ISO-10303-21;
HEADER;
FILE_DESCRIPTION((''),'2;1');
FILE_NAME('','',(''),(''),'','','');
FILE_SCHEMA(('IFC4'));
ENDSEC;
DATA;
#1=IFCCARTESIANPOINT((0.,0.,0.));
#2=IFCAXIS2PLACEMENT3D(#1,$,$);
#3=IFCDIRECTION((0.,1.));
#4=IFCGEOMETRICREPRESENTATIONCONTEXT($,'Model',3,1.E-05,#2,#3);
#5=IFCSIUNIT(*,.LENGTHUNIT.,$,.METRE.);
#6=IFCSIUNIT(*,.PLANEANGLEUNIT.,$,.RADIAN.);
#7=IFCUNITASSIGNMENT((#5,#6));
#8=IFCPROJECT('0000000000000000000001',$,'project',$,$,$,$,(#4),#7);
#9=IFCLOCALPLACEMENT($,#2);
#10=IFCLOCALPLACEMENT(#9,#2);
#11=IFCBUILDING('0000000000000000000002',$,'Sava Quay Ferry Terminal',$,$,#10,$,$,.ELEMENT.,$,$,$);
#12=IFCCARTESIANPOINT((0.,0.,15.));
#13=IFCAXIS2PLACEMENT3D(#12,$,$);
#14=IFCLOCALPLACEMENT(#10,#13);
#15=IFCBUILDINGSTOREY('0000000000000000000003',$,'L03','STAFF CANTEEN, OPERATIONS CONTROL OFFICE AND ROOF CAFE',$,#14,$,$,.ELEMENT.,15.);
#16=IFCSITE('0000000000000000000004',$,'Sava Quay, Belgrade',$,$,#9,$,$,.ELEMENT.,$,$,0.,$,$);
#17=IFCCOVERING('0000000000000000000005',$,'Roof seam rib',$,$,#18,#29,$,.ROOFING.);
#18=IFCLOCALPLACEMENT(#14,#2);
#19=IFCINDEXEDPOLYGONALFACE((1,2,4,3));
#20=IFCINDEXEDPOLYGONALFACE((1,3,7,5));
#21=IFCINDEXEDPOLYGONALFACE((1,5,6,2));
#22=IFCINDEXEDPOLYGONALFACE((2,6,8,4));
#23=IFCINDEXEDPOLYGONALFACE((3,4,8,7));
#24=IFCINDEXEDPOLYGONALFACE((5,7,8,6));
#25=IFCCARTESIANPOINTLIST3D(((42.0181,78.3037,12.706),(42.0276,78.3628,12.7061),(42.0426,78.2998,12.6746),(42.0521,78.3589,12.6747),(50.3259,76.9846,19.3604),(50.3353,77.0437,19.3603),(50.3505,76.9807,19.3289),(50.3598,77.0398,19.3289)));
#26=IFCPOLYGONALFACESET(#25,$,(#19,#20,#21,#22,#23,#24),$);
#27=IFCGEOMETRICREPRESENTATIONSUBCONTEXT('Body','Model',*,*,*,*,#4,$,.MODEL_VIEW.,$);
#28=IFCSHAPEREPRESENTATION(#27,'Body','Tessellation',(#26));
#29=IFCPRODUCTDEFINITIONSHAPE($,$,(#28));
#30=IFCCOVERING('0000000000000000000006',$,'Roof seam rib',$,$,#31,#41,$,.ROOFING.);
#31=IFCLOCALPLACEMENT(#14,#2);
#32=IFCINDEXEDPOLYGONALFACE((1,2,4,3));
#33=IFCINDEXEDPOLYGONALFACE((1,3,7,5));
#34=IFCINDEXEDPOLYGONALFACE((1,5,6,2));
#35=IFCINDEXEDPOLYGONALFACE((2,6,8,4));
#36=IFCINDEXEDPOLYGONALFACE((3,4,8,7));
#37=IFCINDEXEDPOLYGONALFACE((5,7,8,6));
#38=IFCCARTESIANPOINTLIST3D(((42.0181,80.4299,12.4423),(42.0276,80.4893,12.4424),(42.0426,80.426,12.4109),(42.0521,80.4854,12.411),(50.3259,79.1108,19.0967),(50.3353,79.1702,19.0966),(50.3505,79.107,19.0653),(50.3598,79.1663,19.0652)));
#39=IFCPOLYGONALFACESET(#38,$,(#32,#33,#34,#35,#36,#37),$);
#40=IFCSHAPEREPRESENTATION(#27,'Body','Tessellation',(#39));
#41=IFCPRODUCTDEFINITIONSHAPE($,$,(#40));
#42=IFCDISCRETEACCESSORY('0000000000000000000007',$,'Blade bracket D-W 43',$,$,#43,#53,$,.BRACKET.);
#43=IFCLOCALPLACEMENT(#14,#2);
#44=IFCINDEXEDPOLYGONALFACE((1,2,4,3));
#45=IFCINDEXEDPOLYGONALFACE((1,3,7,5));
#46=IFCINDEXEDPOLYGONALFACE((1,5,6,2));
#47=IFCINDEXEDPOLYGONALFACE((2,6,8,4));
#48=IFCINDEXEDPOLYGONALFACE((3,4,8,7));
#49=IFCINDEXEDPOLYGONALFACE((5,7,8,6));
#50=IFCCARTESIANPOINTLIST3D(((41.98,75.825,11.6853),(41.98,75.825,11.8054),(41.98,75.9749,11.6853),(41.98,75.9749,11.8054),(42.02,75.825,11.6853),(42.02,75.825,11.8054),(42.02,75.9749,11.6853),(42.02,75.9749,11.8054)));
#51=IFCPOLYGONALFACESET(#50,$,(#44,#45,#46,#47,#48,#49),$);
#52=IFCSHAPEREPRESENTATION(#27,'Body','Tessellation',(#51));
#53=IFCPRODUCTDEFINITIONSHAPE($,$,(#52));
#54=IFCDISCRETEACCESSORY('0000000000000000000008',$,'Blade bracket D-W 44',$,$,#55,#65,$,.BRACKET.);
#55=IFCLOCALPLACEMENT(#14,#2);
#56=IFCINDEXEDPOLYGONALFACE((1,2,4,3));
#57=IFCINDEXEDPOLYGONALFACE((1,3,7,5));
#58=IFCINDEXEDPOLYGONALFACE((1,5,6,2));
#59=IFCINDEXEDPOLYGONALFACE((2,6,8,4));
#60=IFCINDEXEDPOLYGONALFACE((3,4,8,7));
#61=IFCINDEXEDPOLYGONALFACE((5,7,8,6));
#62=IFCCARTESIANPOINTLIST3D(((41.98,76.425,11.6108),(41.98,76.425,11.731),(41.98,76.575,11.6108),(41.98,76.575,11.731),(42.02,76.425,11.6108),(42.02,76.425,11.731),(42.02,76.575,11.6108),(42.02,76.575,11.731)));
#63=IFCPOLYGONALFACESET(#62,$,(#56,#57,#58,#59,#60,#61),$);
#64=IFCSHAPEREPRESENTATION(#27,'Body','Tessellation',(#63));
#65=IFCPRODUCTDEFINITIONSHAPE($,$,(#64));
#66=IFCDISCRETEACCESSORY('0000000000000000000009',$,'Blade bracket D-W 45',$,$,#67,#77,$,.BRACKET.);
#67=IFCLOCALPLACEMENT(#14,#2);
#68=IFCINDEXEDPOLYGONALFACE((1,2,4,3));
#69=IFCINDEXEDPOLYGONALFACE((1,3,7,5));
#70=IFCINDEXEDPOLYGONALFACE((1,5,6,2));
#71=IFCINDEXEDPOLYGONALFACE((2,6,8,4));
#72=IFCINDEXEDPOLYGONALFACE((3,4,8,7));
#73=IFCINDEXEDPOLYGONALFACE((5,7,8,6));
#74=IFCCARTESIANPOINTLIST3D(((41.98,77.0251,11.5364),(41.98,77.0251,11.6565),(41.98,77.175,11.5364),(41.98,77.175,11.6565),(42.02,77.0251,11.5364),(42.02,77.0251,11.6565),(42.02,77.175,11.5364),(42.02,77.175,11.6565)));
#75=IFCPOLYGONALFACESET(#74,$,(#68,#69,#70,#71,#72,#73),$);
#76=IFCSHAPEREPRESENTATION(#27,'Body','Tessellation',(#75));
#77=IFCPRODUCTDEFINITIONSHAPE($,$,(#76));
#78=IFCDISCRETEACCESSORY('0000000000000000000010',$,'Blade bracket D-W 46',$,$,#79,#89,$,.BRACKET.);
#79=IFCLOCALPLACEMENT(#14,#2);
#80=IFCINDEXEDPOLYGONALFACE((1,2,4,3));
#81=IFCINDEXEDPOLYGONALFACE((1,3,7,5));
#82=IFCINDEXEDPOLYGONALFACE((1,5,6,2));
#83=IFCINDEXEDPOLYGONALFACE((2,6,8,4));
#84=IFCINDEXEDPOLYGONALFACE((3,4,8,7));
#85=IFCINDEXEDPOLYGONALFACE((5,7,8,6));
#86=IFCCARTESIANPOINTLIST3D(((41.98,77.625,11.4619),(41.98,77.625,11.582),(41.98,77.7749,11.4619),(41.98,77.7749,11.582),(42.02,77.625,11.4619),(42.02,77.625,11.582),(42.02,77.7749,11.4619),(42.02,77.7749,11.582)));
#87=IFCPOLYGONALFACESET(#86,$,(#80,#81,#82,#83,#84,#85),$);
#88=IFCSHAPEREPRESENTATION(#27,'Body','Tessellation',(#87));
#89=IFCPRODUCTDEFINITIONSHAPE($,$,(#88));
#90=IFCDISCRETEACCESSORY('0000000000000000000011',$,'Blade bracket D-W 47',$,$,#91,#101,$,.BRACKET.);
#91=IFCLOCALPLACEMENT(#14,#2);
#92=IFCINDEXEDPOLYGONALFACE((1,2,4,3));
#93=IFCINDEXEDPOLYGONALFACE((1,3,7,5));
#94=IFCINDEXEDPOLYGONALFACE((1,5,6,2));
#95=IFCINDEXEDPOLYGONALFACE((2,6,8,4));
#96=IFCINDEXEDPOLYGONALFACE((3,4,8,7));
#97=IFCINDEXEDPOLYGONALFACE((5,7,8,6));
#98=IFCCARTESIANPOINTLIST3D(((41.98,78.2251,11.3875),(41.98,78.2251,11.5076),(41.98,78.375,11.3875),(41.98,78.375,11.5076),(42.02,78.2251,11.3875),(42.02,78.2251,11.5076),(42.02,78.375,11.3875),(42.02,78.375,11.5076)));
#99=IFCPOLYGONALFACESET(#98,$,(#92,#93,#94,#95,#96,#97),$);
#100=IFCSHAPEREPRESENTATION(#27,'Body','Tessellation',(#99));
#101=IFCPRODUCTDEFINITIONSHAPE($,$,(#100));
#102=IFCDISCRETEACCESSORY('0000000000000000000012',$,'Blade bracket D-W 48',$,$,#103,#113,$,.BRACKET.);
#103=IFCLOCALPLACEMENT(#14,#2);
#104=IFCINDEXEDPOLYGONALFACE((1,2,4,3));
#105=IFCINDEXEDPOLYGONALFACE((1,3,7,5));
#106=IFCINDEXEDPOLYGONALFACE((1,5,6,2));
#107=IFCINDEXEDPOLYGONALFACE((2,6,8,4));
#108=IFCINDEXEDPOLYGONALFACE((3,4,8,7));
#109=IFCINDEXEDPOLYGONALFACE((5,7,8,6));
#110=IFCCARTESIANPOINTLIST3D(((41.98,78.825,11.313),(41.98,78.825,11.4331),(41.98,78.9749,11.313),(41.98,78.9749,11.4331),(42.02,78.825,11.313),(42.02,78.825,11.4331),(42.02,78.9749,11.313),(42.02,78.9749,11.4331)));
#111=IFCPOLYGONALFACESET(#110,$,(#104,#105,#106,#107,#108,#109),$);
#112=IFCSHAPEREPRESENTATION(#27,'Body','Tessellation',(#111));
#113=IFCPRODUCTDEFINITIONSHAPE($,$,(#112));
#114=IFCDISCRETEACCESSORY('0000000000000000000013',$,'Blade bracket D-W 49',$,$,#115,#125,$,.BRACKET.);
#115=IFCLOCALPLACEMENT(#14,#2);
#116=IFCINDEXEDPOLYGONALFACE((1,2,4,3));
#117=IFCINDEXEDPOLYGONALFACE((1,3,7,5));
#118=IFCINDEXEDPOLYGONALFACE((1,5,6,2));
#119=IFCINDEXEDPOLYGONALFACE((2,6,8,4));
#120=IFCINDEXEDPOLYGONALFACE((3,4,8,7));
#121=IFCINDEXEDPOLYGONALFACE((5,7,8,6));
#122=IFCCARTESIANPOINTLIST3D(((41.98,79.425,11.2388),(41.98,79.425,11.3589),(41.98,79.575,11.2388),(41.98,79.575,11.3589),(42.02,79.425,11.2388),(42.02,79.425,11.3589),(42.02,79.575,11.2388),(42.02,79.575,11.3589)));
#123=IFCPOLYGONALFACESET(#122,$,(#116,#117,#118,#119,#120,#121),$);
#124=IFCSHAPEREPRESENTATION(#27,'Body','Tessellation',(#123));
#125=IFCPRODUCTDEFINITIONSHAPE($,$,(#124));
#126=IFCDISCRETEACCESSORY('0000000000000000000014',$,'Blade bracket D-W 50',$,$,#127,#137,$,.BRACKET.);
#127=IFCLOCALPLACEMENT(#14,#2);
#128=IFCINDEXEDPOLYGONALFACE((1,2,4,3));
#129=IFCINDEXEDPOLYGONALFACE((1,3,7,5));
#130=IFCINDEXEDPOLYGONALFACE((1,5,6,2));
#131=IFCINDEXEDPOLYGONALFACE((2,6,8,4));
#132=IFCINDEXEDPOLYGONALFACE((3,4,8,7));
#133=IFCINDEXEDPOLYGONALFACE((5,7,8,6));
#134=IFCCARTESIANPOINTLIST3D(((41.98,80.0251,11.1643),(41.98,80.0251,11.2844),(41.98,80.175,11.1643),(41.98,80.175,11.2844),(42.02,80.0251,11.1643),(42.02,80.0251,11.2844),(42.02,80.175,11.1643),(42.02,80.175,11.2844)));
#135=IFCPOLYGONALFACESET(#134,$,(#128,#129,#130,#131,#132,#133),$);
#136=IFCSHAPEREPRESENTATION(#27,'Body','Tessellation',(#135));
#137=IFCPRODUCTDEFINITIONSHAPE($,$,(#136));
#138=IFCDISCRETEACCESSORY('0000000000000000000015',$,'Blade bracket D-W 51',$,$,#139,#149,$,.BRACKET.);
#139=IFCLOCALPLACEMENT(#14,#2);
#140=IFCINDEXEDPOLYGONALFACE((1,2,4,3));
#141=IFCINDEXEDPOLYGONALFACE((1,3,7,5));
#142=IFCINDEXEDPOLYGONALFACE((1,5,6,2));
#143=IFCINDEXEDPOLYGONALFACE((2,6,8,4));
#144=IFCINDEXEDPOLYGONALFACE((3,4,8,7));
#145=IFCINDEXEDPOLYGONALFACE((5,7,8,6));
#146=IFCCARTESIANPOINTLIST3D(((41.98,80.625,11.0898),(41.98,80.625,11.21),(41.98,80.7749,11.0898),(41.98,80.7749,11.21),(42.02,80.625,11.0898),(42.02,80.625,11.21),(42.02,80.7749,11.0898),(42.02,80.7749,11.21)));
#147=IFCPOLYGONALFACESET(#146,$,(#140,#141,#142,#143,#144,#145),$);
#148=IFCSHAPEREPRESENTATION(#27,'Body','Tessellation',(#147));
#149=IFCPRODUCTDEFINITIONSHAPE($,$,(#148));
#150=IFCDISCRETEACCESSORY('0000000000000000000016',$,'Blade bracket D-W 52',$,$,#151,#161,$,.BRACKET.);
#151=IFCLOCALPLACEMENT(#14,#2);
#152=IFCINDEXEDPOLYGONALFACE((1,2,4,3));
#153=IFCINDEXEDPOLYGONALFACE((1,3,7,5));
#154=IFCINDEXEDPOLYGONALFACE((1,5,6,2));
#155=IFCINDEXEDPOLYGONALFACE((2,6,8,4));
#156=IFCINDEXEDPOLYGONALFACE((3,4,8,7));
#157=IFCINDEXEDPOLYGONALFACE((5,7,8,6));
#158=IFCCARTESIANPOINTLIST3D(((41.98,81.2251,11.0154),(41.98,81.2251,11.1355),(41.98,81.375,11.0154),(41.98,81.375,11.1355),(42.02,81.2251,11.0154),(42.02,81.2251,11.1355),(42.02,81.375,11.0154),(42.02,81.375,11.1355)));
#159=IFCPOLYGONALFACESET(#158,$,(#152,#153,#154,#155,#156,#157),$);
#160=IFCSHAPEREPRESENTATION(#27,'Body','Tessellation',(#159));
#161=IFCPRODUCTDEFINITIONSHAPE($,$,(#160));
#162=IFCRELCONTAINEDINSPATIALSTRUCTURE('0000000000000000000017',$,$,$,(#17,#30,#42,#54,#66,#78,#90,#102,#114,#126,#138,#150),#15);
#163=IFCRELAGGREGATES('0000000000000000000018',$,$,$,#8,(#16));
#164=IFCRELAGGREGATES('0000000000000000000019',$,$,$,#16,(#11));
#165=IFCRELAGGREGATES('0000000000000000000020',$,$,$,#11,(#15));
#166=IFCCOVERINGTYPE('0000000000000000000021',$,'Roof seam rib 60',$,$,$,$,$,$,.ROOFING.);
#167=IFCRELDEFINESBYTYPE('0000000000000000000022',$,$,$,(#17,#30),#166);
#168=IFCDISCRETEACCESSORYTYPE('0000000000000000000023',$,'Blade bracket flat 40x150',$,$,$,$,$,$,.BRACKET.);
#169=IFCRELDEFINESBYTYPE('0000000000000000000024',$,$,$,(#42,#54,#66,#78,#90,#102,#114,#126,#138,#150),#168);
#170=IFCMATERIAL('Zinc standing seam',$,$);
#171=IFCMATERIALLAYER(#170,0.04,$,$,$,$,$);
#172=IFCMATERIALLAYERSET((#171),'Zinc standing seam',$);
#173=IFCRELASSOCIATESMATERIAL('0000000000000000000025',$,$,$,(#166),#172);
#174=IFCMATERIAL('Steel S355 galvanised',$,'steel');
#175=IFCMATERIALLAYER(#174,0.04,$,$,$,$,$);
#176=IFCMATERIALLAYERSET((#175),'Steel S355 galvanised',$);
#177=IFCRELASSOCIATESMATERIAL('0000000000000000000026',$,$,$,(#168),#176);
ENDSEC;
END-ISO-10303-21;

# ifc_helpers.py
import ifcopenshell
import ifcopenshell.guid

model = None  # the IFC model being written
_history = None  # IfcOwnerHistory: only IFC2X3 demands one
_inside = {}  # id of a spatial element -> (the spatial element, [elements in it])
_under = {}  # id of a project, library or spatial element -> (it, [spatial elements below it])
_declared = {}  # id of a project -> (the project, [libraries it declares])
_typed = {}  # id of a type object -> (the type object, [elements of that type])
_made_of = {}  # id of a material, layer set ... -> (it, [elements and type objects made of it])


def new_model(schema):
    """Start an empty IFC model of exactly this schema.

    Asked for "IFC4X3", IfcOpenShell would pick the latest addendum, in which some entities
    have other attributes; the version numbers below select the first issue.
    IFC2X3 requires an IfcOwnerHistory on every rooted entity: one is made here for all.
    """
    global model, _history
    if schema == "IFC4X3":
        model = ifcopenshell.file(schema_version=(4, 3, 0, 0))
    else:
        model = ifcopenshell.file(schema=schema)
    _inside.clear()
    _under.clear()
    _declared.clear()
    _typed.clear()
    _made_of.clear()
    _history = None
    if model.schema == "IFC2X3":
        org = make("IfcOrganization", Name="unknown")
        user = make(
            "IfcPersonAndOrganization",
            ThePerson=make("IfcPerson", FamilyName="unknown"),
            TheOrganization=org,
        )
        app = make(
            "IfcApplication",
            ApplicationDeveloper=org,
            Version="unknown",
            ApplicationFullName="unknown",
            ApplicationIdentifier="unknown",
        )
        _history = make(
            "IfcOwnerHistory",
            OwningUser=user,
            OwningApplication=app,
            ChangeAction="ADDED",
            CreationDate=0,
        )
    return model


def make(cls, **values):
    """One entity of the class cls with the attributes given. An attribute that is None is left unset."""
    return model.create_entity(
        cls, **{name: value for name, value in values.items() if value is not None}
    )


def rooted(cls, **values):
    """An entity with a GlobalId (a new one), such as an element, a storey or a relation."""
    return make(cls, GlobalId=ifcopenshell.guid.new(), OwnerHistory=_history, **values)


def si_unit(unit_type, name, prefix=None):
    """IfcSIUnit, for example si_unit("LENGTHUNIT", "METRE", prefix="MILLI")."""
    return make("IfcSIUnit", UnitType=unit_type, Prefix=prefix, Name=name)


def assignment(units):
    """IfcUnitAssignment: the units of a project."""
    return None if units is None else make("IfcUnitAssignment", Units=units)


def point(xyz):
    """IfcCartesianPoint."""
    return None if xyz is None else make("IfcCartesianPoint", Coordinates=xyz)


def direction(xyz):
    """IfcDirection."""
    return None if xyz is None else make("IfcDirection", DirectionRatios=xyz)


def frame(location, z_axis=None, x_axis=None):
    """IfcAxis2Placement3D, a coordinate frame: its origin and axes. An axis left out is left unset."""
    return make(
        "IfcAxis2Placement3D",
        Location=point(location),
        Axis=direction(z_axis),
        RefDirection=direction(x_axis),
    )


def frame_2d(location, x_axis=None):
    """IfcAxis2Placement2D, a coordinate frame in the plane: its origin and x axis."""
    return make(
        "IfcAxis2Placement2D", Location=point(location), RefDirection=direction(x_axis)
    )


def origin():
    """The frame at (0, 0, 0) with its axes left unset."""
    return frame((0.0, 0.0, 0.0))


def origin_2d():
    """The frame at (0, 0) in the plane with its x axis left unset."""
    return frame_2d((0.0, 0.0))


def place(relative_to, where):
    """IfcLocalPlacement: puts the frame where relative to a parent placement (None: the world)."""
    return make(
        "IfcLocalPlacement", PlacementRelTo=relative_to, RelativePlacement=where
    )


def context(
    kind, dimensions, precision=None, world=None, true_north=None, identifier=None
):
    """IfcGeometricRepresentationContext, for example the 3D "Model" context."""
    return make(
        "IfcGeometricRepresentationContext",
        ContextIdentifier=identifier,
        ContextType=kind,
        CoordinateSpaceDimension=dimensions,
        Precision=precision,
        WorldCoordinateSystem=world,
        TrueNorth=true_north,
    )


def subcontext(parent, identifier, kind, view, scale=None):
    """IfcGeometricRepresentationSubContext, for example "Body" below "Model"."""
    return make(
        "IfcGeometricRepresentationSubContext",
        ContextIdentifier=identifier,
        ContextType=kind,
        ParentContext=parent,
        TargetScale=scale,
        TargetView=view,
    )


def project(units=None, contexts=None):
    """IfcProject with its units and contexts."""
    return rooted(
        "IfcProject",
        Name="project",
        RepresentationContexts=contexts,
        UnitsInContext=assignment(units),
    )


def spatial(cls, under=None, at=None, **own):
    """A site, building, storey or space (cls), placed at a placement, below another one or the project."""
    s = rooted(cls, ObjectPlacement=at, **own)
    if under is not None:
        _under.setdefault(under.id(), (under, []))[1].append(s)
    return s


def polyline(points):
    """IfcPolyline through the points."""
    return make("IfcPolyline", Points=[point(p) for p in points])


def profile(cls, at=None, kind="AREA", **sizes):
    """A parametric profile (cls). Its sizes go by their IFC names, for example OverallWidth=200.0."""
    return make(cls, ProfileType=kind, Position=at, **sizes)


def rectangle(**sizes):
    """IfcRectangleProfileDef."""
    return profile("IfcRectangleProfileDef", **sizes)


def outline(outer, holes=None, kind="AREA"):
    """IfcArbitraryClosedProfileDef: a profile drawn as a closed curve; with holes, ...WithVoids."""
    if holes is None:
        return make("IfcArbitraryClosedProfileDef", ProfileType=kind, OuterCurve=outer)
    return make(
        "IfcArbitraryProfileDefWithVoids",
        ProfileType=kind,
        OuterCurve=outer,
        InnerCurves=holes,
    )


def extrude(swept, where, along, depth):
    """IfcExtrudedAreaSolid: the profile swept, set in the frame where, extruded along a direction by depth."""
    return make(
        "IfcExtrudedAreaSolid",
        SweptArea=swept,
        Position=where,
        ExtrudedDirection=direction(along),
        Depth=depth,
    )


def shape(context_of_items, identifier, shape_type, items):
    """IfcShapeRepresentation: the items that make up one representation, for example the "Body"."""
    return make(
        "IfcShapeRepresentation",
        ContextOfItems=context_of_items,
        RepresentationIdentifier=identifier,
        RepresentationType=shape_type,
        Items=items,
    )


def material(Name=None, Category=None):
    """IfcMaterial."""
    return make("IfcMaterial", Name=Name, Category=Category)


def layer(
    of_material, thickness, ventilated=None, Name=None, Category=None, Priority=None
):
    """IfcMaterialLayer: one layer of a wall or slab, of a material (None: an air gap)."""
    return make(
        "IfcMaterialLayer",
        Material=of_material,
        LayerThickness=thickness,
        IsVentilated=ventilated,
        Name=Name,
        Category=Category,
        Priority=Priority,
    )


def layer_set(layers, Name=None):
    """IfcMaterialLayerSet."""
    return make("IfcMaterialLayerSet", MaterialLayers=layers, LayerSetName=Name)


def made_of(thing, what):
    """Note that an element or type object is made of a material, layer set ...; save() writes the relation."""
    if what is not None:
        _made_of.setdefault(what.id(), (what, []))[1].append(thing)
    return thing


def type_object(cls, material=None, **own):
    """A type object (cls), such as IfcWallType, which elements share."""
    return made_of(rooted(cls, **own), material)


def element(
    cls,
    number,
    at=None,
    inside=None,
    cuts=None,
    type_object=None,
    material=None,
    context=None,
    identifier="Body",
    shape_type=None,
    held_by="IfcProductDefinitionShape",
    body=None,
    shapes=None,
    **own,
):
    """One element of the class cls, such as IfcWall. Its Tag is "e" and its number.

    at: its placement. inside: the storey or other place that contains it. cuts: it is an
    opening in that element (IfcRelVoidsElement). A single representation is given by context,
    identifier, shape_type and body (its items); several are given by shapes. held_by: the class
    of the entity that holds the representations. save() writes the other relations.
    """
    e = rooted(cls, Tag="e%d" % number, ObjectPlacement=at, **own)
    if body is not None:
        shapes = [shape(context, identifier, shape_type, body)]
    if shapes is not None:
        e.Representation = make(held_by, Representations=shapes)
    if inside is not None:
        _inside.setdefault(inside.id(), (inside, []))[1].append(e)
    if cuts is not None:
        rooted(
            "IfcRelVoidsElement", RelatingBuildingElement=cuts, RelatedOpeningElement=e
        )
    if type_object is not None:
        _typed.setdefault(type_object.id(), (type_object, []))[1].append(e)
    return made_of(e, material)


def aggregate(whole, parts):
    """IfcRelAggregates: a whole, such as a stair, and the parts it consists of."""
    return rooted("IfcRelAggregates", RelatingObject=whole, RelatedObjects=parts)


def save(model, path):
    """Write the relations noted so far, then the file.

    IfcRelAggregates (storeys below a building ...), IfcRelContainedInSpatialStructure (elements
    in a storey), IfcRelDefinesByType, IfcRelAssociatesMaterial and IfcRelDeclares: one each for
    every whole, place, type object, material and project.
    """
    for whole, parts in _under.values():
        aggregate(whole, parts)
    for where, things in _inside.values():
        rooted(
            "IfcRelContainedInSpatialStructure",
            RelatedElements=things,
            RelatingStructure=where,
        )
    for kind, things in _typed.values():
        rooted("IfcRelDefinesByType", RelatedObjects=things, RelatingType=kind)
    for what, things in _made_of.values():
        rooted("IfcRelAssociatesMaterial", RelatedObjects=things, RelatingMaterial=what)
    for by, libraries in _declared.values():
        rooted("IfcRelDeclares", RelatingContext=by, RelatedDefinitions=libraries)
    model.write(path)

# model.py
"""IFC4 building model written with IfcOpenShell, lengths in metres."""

from ifc_helpers import new_model, si_unit, direction, frame, origin, origin_2d, place, context, subcontext, project, spatial, polyline, rectangle, outline, extrude, material, layer, layer_set, type_object, element, save


model = new_model("IFC4")

# Units and contexts
model_context = context("Model", 3, precision=1e-05, world=origin(), true_north=direction((0.0, 1.0)))
body_context = subcontext(model_context, "Body", "Model", "MODEL_VIEW")
ifc_project = project(units=[si_unit("LENGTHUNIT", "METRE"), si_unit("PLANEANGLEUNIT", "RADIAN")], contexts=[model_context])

# Site, building, storey
site_placement = place(None, origin())
site = spatial("IfcSite", under=ifc_project, at=site_placement, Name="Sava Quay, Belgrade", CompositionType="ELEMENT", RefElevation=0.0)
building_placement = place(site_placement, origin())
building = spatial("IfcBuilding", under=site, at=building_placement, Name="Sava Quay Ferry Terminal", CompositionType="ELEMENT")
storey_placement = place(building_placement, frame((0.0, 0.0, 15.0)))
storey = spatial("IfcBuildingStorey", under=building, at=storey_placement, Name="L03", Description="STAFF CANTEEN, OPERATIONS CONTROL OFFICE AND ROOF CAFE", CompositionType="ELEMENT", Elevation=15.0)

# Coverings
ifc_material_1 = material(Name="Zinc standing seam")
ifc_layer_1 = layer(ifc_material_1, 0.04)
ifc_layer_set_1 = layer_set([ifc_layer_1], Name="Zinc standing seam")
covering_type_1 = type_object("IfcCoveringType", Name="Roof seam rib 60", PredefinedType="ROOFING", material=ifc_layer_set_1)
covering_1_placement = place(storey_placement, frame((42.0276, 78.3628, 12.7061), z_axis=(-0.612708, 0.097476, 0.784275), x_axis=(0.774572, -0.122987, 0.620413)))
element("IfcCovering", 1, at=covering_1_placement, inside=storey, type_object=covering_type_1, Name="Roof seam rib", PredefinedType="ROOFING", context=body_context, shape_type="SweptSolid", body=[
    extrude(outline(polyline([(0.0, 0.0), (10.7255, 0.0), (10.7256, -0.0598), (-0.0001, -0.0598), (0.0, 0.0)])), origin(), (0.0, 0.0, -1.0), 0.04),
])
covering_2_placement = place(storey_placement, frame((42.0276, 80.4893, 12.4424), z_axis=(-0.61277, 0.097085, 0.784275), x_axis=(0.774572, -0.122987, 0.620413)))
element("IfcCovering", 2, at=covering_2_placement, inside=storey, type_object=covering_type_1, Name="Roof seam rib", PredefinedType="ROOFING", context=body_context, shape_type="SweptSolid", body=[
    extrude(outline(polyline([(0.0, 0.0), (10.7255, 0.0), (10.7256, -0.06), (-0.0001, -0.0601), (0.0, 0.0)])), origin(), (0.0, 0.0, -1.0), 0.04),
])

# Discrete accessories
ifc_material_2 = material(Name="Steel S355 galvanised", Category="steel")
ifc_layer_2 = layer(ifc_material_2, 0.04)
ifc_layer_set_2 = layer_set([ifc_layer_2], Name="Steel S355 galvanised")
discrete_accessory_type = type_object("IfcDiscreteAccessoryType", Name="Blade bracket flat 40x150", PredefinedType="BRACKET", material=ifc_layer_set_2)
for number, where, z_axis, x_axis, name in (
    (3, (42.0, 75.8999, 11.6853), (0.0, 0.0, 1.0), (1.0, 0.0, 0.0), "Blade bracket D-W 43"),
    (4, (42.0, 76.5, 11.6108), (0.0, 0.0, 1.0), (1.0, 0.0, 0.0), "Blade bracket D-W 44"),
    (5, (42.0, 77.1001, 11.5364), (0.0, 0.0, 1.0), (1.0, 0.0, 0.0), "Blade bracket D-W 45"),
    (6, (42.0, 77.7, 11.4619), (0.0, 0.0, 1.0), (1.0, 0.0, 0.0), "Blade bracket D-W 46"),
    (7, (42.0, 78.3, 11.3875), (0.0, 0.0, 1.0), (1.0, 0.0, 0.0), "Blade bracket D-W 47"),
    (8, (42.0, 78.8999, 11.313), (0.0, 0.0, 1.0), (1.0, 0.0, 0.0), "Blade bracket D-W 48"),
    (9, (42.0, 79.5, 11.2388), (0.0, 0.0, 1.0), (1.0, 0.0, 0.0), "Blade bracket D-W 49"),
    (10, (42.0, 80.1001, 11.1643), (0.0, 0.0, 1.0), (1.0, 0.0, 0.0), "Blade bracket D-W 50"),
    (11, (42.0, 80.7, 11.0898), (0.0, 0.0, 1.0), (1.0, 0.0, 0.0), "Blade bracket D-W 51"),
    (12, (42.0, 81.3, 11.0154), (0.0, 0.0, 1.0), (1.0, 0.0, 0.0), "Blade bracket D-W 52"),
):
    element("IfcDiscreteAccessory", number, at=place(storey_placement, frame(where, z_axis=z_axis, x_axis=x_axis)), inside=storey, type_object=discrete_accessory_type, Name=name, PredefinedType="BRACKET", context=body_context, shape_type="SweptSolid", body=[
        extrude(rectangle(XDim=0.04, YDim=0.1499, at=origin_2d()), origin(), (0.0, 0.0, 1.0), 0.1201),
    ])

save(model, "model.ifc")
